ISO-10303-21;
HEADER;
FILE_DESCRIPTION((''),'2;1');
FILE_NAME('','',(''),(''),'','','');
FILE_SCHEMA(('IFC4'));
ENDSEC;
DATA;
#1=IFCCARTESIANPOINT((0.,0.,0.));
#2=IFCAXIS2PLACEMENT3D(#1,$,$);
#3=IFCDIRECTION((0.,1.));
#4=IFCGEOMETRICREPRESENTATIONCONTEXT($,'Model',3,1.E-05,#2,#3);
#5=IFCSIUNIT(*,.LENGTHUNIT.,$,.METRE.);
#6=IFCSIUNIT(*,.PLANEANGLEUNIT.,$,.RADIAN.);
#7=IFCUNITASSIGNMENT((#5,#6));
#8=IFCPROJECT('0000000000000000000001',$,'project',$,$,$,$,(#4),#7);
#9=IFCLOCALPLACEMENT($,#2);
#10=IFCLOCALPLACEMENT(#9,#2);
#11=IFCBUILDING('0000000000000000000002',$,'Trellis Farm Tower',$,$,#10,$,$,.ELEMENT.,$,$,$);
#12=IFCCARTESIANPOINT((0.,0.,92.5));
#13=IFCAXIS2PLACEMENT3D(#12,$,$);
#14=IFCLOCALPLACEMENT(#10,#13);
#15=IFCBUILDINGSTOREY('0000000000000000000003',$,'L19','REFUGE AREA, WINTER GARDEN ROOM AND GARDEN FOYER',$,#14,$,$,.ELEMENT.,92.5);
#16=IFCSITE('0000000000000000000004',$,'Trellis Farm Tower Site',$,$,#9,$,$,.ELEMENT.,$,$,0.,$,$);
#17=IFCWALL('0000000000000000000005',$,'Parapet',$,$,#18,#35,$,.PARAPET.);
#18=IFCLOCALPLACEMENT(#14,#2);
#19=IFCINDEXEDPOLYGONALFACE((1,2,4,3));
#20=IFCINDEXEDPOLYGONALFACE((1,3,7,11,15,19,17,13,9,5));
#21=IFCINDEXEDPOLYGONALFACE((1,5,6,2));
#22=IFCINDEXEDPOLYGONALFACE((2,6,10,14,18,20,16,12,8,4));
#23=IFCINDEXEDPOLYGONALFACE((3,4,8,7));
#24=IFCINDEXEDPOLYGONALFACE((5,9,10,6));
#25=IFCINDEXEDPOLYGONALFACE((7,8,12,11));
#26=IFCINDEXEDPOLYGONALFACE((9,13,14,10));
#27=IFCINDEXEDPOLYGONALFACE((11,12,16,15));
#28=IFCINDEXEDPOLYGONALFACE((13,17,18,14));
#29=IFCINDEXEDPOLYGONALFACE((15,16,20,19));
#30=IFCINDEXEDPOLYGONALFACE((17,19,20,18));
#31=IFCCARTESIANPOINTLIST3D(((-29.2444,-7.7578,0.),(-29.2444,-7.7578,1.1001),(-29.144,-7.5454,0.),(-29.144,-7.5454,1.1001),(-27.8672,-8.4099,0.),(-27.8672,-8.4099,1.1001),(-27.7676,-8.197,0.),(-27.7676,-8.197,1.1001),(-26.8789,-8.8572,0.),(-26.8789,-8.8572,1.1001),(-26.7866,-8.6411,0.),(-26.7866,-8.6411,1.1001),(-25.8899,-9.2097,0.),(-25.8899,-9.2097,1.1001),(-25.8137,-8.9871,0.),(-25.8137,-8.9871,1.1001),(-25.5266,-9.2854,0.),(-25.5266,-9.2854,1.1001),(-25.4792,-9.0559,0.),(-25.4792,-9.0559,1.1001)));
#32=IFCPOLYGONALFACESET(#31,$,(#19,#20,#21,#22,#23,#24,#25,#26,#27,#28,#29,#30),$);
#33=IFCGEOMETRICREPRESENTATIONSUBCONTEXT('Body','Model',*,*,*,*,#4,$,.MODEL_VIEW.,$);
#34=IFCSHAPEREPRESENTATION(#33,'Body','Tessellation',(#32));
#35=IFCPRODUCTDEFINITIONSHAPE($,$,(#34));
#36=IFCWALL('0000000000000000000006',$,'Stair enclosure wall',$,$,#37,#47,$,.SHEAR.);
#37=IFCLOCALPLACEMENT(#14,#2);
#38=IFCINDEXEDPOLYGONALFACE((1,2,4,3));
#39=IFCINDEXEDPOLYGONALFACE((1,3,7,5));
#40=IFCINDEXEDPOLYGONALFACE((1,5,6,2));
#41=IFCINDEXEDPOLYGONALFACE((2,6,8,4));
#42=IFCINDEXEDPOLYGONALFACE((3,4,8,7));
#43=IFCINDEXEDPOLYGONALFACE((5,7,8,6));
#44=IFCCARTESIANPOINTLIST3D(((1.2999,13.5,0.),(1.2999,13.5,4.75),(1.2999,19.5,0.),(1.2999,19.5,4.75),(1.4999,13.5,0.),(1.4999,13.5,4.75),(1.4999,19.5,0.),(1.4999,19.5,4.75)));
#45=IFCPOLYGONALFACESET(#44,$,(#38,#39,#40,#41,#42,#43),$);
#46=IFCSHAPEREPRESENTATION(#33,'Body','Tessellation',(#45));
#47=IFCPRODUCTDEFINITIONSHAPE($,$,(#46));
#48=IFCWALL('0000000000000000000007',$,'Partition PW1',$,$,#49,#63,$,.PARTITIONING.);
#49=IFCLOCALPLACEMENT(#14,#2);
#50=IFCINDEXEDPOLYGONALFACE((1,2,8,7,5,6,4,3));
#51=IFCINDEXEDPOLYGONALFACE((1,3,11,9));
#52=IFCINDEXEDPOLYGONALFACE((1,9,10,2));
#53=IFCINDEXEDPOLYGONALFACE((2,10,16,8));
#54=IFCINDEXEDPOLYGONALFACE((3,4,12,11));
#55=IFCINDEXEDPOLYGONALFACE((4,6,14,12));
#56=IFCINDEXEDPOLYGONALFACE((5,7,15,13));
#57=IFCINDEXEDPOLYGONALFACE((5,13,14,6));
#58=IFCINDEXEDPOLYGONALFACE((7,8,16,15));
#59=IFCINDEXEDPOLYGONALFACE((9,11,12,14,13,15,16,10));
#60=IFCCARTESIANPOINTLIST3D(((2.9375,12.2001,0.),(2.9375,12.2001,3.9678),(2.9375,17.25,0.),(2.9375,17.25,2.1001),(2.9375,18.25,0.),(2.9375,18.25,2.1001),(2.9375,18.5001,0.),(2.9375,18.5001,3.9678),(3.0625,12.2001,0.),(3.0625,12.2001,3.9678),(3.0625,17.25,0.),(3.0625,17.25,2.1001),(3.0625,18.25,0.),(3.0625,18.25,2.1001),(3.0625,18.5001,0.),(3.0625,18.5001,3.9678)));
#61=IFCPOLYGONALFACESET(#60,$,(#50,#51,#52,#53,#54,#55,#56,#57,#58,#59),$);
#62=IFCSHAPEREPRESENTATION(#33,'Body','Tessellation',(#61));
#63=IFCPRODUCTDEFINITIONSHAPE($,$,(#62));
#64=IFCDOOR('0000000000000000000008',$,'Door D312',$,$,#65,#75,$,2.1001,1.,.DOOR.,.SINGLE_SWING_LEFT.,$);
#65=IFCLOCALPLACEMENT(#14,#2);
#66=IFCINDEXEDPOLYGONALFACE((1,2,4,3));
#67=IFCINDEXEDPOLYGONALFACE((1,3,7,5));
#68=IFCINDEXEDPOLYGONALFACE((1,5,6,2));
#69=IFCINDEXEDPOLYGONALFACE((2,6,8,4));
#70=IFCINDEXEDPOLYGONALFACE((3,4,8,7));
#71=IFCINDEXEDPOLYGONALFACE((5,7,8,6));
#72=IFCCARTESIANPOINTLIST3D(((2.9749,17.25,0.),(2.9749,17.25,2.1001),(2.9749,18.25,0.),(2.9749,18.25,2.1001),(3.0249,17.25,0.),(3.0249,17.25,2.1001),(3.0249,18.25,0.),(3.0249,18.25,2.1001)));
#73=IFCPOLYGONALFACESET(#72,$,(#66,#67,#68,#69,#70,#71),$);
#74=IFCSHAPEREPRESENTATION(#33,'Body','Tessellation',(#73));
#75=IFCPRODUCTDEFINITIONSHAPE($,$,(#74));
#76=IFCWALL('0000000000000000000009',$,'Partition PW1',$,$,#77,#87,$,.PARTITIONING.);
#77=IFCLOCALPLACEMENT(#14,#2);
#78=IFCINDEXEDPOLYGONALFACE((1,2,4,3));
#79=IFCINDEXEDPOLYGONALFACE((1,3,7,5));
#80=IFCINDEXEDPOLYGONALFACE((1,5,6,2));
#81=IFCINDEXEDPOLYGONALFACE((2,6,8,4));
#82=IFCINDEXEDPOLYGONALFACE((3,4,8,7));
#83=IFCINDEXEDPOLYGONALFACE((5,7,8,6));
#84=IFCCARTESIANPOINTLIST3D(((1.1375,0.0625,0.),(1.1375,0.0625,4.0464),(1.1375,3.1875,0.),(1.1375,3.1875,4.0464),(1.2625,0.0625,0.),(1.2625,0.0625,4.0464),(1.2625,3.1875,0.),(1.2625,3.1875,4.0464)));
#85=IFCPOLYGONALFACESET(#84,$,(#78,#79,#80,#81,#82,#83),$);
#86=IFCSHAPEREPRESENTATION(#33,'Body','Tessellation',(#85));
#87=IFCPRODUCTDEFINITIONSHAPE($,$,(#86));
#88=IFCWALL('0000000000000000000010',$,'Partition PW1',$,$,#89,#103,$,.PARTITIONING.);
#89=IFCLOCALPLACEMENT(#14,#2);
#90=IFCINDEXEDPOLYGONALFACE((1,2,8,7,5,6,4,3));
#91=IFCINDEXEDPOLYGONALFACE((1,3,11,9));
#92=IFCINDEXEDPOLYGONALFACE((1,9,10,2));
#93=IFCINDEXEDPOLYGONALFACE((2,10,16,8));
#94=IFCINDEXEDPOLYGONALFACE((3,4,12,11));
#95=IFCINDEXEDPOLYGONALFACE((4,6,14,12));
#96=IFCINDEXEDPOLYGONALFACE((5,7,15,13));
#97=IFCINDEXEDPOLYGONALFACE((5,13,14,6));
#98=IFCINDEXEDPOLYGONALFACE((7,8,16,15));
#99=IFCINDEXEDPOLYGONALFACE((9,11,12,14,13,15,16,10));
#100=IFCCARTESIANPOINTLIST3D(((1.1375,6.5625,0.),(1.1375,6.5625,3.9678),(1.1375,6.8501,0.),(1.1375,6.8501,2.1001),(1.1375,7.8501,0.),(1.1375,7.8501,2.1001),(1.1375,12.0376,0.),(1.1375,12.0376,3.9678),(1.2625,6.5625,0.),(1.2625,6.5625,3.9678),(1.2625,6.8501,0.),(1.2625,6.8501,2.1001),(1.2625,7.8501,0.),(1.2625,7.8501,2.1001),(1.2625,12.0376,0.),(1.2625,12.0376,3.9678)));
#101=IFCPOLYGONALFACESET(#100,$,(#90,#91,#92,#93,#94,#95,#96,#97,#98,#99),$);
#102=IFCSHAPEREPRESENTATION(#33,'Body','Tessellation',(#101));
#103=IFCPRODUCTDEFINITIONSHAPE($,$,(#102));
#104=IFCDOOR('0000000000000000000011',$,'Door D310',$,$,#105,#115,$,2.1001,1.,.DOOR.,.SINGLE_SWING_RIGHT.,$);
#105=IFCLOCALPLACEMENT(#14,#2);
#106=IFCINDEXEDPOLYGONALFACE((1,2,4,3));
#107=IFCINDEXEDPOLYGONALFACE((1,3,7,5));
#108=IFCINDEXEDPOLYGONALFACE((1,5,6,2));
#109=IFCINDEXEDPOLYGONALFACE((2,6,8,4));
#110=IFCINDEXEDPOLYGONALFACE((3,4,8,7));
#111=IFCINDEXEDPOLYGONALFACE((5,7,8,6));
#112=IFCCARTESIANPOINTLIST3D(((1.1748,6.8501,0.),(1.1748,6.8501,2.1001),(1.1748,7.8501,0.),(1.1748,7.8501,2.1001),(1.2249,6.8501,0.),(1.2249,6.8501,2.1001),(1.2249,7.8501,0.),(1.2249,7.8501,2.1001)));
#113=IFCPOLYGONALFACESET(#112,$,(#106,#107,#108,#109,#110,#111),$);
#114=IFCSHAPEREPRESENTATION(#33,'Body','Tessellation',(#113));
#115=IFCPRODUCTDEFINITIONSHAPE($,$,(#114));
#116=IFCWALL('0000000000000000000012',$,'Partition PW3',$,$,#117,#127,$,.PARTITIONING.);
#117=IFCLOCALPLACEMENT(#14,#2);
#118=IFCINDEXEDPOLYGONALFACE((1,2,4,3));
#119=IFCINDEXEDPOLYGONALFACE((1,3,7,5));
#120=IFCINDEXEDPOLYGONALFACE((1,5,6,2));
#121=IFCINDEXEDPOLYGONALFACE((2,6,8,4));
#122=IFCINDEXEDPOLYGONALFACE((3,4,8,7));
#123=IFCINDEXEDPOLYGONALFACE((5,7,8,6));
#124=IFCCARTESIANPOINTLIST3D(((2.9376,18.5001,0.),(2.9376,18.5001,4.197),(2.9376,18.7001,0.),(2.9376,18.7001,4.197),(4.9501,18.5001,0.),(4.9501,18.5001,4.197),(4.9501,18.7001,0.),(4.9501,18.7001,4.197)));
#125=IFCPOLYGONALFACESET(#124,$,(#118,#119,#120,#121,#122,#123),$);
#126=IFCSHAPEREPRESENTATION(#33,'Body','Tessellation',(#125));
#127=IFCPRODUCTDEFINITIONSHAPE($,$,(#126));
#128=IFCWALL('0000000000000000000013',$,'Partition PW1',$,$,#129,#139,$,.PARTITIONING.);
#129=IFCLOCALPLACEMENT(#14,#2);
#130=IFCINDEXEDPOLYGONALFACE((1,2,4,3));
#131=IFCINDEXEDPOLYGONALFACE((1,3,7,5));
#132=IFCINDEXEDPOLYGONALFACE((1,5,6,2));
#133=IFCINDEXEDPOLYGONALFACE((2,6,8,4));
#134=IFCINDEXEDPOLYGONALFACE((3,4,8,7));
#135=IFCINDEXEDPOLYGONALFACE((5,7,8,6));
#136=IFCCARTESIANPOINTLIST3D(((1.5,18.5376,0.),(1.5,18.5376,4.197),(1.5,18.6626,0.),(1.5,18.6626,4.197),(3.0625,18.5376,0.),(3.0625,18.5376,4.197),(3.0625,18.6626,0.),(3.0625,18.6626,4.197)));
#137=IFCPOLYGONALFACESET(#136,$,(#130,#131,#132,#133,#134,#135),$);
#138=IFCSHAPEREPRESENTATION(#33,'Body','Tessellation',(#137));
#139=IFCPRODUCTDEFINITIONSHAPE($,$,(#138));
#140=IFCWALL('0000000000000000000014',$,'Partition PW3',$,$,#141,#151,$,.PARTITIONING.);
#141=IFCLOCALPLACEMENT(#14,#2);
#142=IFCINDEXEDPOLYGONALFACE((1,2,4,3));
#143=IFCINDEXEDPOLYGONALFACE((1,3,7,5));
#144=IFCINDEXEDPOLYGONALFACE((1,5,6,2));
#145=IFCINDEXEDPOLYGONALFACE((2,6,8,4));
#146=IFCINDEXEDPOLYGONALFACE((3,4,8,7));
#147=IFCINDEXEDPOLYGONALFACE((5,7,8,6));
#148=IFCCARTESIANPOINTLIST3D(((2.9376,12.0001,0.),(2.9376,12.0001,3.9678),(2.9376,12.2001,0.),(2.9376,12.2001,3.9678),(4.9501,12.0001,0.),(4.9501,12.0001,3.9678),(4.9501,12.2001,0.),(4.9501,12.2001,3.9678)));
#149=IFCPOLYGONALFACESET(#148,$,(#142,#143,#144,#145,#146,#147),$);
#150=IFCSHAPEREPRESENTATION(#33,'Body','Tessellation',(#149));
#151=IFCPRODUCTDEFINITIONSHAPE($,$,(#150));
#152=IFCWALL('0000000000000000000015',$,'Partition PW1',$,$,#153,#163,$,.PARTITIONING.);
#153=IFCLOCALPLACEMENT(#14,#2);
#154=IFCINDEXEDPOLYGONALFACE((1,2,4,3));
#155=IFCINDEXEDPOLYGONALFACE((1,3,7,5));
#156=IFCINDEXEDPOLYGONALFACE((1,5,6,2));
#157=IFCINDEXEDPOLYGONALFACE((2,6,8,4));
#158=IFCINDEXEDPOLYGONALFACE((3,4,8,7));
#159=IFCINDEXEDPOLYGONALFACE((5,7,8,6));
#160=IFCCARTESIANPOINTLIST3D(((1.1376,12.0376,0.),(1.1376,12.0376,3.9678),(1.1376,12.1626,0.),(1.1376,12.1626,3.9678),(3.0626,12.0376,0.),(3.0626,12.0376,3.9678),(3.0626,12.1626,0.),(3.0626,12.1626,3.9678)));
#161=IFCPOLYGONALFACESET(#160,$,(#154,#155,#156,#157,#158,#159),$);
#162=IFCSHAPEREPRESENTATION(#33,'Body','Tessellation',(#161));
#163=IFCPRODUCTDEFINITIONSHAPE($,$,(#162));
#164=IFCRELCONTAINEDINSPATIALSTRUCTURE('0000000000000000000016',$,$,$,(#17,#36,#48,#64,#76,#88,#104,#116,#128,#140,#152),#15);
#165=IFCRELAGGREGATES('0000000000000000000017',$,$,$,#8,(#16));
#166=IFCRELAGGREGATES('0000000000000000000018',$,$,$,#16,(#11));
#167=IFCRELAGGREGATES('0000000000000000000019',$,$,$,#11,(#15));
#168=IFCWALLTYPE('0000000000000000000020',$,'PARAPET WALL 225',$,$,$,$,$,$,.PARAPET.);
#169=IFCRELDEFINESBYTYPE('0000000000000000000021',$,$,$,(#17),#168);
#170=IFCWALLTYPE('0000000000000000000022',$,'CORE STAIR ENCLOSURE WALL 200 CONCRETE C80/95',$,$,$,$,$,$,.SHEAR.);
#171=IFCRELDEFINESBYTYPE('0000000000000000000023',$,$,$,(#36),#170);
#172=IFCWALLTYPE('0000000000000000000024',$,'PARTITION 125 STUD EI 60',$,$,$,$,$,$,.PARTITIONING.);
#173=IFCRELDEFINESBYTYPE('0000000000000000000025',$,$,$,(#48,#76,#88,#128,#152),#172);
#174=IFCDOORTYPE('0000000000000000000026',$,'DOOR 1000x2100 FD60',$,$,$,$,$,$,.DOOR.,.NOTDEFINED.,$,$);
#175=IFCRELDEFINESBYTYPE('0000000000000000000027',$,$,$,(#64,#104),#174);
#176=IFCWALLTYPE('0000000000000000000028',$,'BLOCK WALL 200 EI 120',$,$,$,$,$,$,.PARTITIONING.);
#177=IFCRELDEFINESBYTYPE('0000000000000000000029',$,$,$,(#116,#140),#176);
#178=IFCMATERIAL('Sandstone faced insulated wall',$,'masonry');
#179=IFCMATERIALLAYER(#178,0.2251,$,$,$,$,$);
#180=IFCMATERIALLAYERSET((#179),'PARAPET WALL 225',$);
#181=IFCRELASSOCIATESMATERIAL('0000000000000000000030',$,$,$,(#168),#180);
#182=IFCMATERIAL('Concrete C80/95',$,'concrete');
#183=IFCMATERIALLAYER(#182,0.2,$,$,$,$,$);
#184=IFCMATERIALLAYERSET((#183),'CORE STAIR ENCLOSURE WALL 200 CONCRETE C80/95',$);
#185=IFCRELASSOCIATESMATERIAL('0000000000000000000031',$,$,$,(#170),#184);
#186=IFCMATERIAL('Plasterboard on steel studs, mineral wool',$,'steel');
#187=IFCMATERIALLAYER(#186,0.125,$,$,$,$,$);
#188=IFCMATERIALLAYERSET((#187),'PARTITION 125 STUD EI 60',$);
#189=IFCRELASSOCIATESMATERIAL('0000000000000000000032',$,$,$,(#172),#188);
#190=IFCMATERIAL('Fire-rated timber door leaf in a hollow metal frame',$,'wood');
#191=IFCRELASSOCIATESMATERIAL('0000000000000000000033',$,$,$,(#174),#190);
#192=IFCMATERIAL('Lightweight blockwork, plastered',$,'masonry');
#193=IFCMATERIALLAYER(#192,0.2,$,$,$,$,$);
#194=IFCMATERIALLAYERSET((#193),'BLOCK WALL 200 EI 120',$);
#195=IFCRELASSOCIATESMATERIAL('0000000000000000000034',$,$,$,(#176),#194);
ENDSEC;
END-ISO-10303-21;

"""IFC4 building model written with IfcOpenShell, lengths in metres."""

from ifc_helpers import new_model, si_unit, direction, frame, frame_2d, origin, place, context, subcontext, project, spatial, polyline, rectangle, outline, extrude, source, transform, mapped, material, layer, layer_set, type_object, element, fill, save


model = new_model("IFC4")

# Units and contexts
model_context = context("Model", 3, precision=1e-05, world=origin(), true_north=direction((0.0, 1.0)))
body_context = subcontext(model_context, "Body", "Model", "MODEL_VIEW")
ifc_project = project(units=[si_unit("LENGTHUNIT", "METRE"), si_unit("PLANEANGLEUNIT", "RADIAN")], contexts=[model_context])

# Site, building, storey
site_placement = place(None, origin())
site = spatial("IfcSite", under=ifc_project, at=site_placement, Name="Trellis Farm Tower Site", CompositionType="ELEMENT", RefElevation=0.0)
building_placement = place(site_placement, origin())
building = spatial("IfcBuilding", under=site, at=building_placement, Name="Trellis Farm Tower", CompositionType="ELEMENT")
storey_placement = place(building_placement, frame((0.0, 0.0, 92.5)))
storey = spatial("IfcBuildingStorey", under=building, at=storey_placement, Name="L19", Description="REFUGE AREA, WINTER GARDEN ROOM AND GARDEN FOYER", CompositionType="ELEMENT", Elevation=92.5)

# Shared definitions
ifc_material_1 = material(Name="Concrete C80/95", Category="concrete")

# Walls
ifc_material_2 = material(Name="Sandstone faced insulated wall", Category="masonry")
ifc_layer_1 = layer(ifc_material_2, 0.2251)
ifc_layer_set_1 = layer_set([ifc_layer_1], Name="PARAPET WALL 225")
wall_type_1 = type_object("IfcWallType", Name="PARAPET WALL 225", PredefinedType="PARAPET", material=ifc_layer_set_1)
placement = place(storey_placement, origin())
element("IfcWall", 1, at=placement, inside=storey, type_object=wall_type_1, Name="Parapet", PredefinedType="PARAPET", context=body_context, shape_type="SweptSolid", body=[
    extrude(outline(polyline([(-25.5266, -9.2854), (-25.8899, -9.2097), (-26.8789, -8.8572), (-27.8672, -8.4099), (-29.2444, -7.7578), (-29.144, -7.5454), (-27.7676, -8.197), (-26.7866, -8.6411), (-25.8137, -8.9871), (-25.4792, -9.0559), (-25.5266, -9.2854)])), origin(), (0.0, 0.0, 1.0), 1.1001),
])
ifc_layer_2 = layer(ifc_material_1, 0.2)
ifc_layer_set_2 = layer_set([ifc_layer_2], Name="CORE STAIR ENCLOSURE WALL 200 CONCRETE C80/95")
wall_type_2 = type_object("IfcWallType", Name="CORE STAIR ENCLOSURE WALL 200 CONCRETE C80/95", PredefinedType="SHEAR", material=ifc_layer_set_2)
shared_shape_1 = source(origin(), body_context, "Body", "SweptSolid", [
    extrude(rectangle(XDim=6.0, YDim=0.2, at=frame_2d((3.0, 0.0))), origin(), (0.0, 0.0, 1.0), 4.75),
])
wall_1_placement = place(storey_placement, frame((1.3999, 13.5, 0.0), z_axis=(0.0, 0.0, 1.0), x_axis=(0.0, 1.0, 0.0)))
element("IfcWall", 2, at=wall_1_placement, inside=storey, type_object=wall_type_2, Name="Stair enclosure wall", PredefinedType="SHEAR", context=body_context, shape_type="MappedRepresentation", body=[
    mapped(shared_shape_1, transform((0.0, 0.0, 0.0))),
])

# Wall, opening, door
ifc_material_3 = material(Name="Plasterboard on steel studs, mineral wool", Category="steel")
ifc_layer_3 = layer(ifc_material_3, 0.125)
ifc_layer_set_3 = layer_set([ifc_layer_3], Name="PARTITION 125 STUD EI 60")
wall_type_3 = type_object("IfcWallType", Name="PARTITION 125 STUD EI 60", PredefinedType="PARTITIONING", material=ifc_layer_set_3)
shared_shape_2 = source(origin(), body_context, "Body", "SweptSolid", [
    extrude(rectangle(XDim=6.3, YDim=0.125, at=frame_2d((3.1499, 0.0))), origin(), (0.0, 0.0, 1.0), 3.9678),
])
wall_2_placement = place(storey_placement, frame((3.0, 18.5, 0.0), z_axis=(0.0, 0.0, 1.0), x_axis=(0.0, -1.0, 0.0)))
wall_2 = element("IfcWall", 3, at=wall_2_placement, inside=storey, type_object=wall_type_3, Name="Partition PW1", PredefinedType="PARTITIONING", context=body_context, shape_type="MappedRepresentation", body=[
    mapped(shared_shape_2, transform((0.0, 0.0, 0.0))),
])
shared_shape_3 = source(origin(), body_context, "Body", "SweptSolid", [
    extrude(rectangle(XDim=1.0, YDim=2.1001, at=frame_2d((0.5, 1.05))), frame((0.0, 0.0725, 0.0), z_axis=(0.0, -1.0, 0.0), x_axis=(1.0, 0.0, 0.0)), (0.0, 0.0, 1.0), 0.145),
])
opening_1_placement = place(wall_2_placement, frame((0.25, 0.0, 0.0)))
opening_1 = element("IfcOpeningElement", 4, at=opening_1_placement, cuts=wall_2, PredefinedType="OPENING", context=body_context, shape_type="MappedRepresentation", body=[
    mapped(shared_shape_3, transform((0.0, 0.0, 0.0))),
])
ifc_material_4 = material(Name="Fire-rated timber door leaf in a hollow metal frame", Category="wood")
door_type = type_object("IfcDoorType", Name="DOOR 1000x2100 FD60", OperationType="NOTDEFINED", PredefinedType="DOOR", material=ifc_material_4)
shared_shape_4 = source(origin(), body_context, "Body", "SweptSolid", [
    extrude(rectangle(XDim=1.0, YDim=2.1001, at=frame_2d((0.5, 1.05))), frame((0.0, 0.0249, 0.0), z_axis=(0.0, -1.0, 0.0), x_axis=(1.0, 0.0, 0.0)), (0.0, 0.0, 1.0), 0.05),
])
door_1_placement = place(opening_1_placement, origin())
door_1 = element("IfcDoor", 5, at=door_1_placement, inside=storey, type_object=door_type, Name="Door D312", OperationType="SINGLE_SWING_LEFT", OverallHeight=2.1001, OverallWidth=1.0, PredefinedType="DOOR", context=body_context, shape_type="MappedRepresentation", body=[
    mapped(shared_shape_4, transform((0.0, 0.0, 0.0))),
])
fill(opening_1, door_1)

# Wall
shared_shape_5 = source(origin(), body_context, "Body", "SweptSolid", [
    extrude(rectangle(XDim=3.125, YDim=0.125, at=frame_2d((1.5625, 0.0))), origin(), (0.0, 0.0, 1.0), 4.0464),
])
wall_3_placement = place(storey_placement, frame((1.2, 3.1875, 0.0), z_axis=(0.0, 0.0, 1.0), x_axis=(0.0, -1.0, 0.0)))
element("IfcWall", 6, at=wall_3_placement, inside=storey, type_object=wall_type_3, Name="Partition PW1", PredefinedType="PARTITIONING", context=body_context, shape_type="MappedRepresentation", body=[
    mapped(shared_shape_5, transform((0.0, 0.0, 0.0))),
])

# Wall, opening, door
shared_shape_6 = source(origin(), body_context, "Body", "SweptSolid", [
    extrude(rectangle(XDim=5.4751, YDim=0.125, at=frame_2d((2.7375, 0.0))), origin(), (0.0, 0.0, 1.0), 3.9678),
])
wall_4_placement = place(storey_placement, frame((1.2, 12.0376, 0.0), z_axis=(0.0, 0.0, 1.0), x_axis=(0.0, -1.0, 0.0)))
wall_4 = element("IfcWall", 7, at=wall_4_placement, inside=storey, type_object=wall_type_3, Name="Partition PW1", PredefinedType="PARTITIONING", context=body_context, shape_type="MappedRepresentation", body=[
    mapped(shared_shape_6, transform((0.0, 0.0, 0.0))),
])
opening_2_placement = place(wall_4_placement, frame((4.1875, 0.0, 0.0)))
opening_2 = element("IfcOpeningElement", 8, at=opening_2_placement, cuts=wall_4, PredefinedType="OPENING", context=body_context, shape_type="MappedRepresentation", body=[
    mapped(shared_shape_3, transform((0.0, 0.0, 0.0))),
])
door_2_placement = place(opening_2_placement, origin())
door_2 = element("IfcDoor", 9, at=door_2_placement, inside=storey, type_object=door_type, Name="Door D310", OperationType="SINGLE_SWING_RIGHT", OverallHeight=2.1001, OverallWidth=1.0, PredefinedType="DOOR", context=body_context, shape_type="MappedRepresentation", body=[
    mapped(shared_shape_4, transform((0.0, 0.0, 0.0))),
])
fill(opening_2, door_2)

# Walls
ifc_material_5 = material(Name="Lightweight blockwork, plastered", Category="masonry")
ifc_layer_4 = layer(ifc_material_5, 0.2)
ifc_layer_set_4 = layer_set([ifc_layer_4], Name="BLOCK WALL 200 EI 120")
wall_type_4 = type_object("IfcWallType", Name="BLOCK WALL 200 EI 120", PredefinedType="PARTITIONING", material=ifc_layer_set_4)
shared_shape_7 = source(origin(), body_context, "Body", "SweptSolid", [
    extrude(rectangle(XDim=2.0125, YDim=0.2, at=frame_2d((1.0063, 0.0))), origin(), (0.0, 0.0, 1.0), 4.197),
])
wall_5_placement = place(storey_placement, frame((2.9375, 18.6001, 0.0), z_axis=(0.0, 0.0, 1.0), x_axis=(1.0, 0.0, 0.0)))
element("IfcWall", 10, at=wall_5_placement, inside=storey, type_object=wall_type_4, Name="Partition PW3", PredefinedType="PARTITIONING", context=body_context, shape_type="MappedRepresentation", body=[
    mapped(shared_shape_7, transform((0.0, 0.0, 0.0))),
])
shared_shape_8 = source(origin(), body_context, "Body", "SweptSolid", [
    extrude(rectangle(XDim=1.5625, YDim=0.125, at=frame_2d((0.7812, 0.0))), origin(), (0.0, 0.0, 1.0), 4.197),
])
wall_6_placement = place(storey_placement, frame((1.5, 18.6001, 0.0), z_axis=(0.0, 0.0, 1.0), x_axis=(1.0, 0.0, 0.0)))
element("IfcWall", 11, at=wall_6_placement, inside=storey, type_object=wall_type_3, Name="Partition PW1", PredefinedType="PARTITIONING", context=body_context, shape_type="MappedRepresentation", body=[
    mapped(shared_shape_8, transform((0.0, 0.0, 0.0))),
])
shared_shape_9 = source(origin(), body_context, "Body", "SweptSolid", [
    extrude(rectangle(XDim=2.0125, YDim=0.2, at=frame_2d((1.0063, 0.0))), origin(), (0.0, 0.0, 1.0), 3.9678),
])
wall_7_placement = place(storey_placement, frame((2.9375, 12.1001, 0.0), z_axis=(0.0, 0.0, 1.0), x_axis=(1.0, 0.0, 0.0)))
element("IfcWall", 12, at=wall_7_placement, inside=storey, type_object=wall_type_4, Name="Partition PW3", PredefinedType="PARTITIONING", context=body_context, shape_type="MappedRepresentation", body=[
    mapped(shared_shape_9, transform((0.0, 0.0, 0.0))),
])
shared_shape_10 = source(origin(), body_context, "Body", "SweptSolid", [
    extrude(rectangle(XDim=1.925, YDim=0.125, at=frame_2d((0.9624, 0.0))), origin(), (0.0, 0.0, 1.0), 3.9678),
])
wall_8_placement = place(storey_placement, frame((3.0625, 12.1001, 0.0), z_axis=(0.0, 0.0, 1.0), x_axis=(-1.0, 0.0, 0.0)))
element("IfcWall", 13, at=wall_8_placement, inside=storey, type_object=wall_type_3, Name="Partition PW1", PredefinedType="PARTITIONING", context=body_context, shape_type="MappedRepresentation", body=[
    mapped(shared_shape_10, transform((0.0, 0.0, 0.0))),
])

save(model, "model.ifc")
